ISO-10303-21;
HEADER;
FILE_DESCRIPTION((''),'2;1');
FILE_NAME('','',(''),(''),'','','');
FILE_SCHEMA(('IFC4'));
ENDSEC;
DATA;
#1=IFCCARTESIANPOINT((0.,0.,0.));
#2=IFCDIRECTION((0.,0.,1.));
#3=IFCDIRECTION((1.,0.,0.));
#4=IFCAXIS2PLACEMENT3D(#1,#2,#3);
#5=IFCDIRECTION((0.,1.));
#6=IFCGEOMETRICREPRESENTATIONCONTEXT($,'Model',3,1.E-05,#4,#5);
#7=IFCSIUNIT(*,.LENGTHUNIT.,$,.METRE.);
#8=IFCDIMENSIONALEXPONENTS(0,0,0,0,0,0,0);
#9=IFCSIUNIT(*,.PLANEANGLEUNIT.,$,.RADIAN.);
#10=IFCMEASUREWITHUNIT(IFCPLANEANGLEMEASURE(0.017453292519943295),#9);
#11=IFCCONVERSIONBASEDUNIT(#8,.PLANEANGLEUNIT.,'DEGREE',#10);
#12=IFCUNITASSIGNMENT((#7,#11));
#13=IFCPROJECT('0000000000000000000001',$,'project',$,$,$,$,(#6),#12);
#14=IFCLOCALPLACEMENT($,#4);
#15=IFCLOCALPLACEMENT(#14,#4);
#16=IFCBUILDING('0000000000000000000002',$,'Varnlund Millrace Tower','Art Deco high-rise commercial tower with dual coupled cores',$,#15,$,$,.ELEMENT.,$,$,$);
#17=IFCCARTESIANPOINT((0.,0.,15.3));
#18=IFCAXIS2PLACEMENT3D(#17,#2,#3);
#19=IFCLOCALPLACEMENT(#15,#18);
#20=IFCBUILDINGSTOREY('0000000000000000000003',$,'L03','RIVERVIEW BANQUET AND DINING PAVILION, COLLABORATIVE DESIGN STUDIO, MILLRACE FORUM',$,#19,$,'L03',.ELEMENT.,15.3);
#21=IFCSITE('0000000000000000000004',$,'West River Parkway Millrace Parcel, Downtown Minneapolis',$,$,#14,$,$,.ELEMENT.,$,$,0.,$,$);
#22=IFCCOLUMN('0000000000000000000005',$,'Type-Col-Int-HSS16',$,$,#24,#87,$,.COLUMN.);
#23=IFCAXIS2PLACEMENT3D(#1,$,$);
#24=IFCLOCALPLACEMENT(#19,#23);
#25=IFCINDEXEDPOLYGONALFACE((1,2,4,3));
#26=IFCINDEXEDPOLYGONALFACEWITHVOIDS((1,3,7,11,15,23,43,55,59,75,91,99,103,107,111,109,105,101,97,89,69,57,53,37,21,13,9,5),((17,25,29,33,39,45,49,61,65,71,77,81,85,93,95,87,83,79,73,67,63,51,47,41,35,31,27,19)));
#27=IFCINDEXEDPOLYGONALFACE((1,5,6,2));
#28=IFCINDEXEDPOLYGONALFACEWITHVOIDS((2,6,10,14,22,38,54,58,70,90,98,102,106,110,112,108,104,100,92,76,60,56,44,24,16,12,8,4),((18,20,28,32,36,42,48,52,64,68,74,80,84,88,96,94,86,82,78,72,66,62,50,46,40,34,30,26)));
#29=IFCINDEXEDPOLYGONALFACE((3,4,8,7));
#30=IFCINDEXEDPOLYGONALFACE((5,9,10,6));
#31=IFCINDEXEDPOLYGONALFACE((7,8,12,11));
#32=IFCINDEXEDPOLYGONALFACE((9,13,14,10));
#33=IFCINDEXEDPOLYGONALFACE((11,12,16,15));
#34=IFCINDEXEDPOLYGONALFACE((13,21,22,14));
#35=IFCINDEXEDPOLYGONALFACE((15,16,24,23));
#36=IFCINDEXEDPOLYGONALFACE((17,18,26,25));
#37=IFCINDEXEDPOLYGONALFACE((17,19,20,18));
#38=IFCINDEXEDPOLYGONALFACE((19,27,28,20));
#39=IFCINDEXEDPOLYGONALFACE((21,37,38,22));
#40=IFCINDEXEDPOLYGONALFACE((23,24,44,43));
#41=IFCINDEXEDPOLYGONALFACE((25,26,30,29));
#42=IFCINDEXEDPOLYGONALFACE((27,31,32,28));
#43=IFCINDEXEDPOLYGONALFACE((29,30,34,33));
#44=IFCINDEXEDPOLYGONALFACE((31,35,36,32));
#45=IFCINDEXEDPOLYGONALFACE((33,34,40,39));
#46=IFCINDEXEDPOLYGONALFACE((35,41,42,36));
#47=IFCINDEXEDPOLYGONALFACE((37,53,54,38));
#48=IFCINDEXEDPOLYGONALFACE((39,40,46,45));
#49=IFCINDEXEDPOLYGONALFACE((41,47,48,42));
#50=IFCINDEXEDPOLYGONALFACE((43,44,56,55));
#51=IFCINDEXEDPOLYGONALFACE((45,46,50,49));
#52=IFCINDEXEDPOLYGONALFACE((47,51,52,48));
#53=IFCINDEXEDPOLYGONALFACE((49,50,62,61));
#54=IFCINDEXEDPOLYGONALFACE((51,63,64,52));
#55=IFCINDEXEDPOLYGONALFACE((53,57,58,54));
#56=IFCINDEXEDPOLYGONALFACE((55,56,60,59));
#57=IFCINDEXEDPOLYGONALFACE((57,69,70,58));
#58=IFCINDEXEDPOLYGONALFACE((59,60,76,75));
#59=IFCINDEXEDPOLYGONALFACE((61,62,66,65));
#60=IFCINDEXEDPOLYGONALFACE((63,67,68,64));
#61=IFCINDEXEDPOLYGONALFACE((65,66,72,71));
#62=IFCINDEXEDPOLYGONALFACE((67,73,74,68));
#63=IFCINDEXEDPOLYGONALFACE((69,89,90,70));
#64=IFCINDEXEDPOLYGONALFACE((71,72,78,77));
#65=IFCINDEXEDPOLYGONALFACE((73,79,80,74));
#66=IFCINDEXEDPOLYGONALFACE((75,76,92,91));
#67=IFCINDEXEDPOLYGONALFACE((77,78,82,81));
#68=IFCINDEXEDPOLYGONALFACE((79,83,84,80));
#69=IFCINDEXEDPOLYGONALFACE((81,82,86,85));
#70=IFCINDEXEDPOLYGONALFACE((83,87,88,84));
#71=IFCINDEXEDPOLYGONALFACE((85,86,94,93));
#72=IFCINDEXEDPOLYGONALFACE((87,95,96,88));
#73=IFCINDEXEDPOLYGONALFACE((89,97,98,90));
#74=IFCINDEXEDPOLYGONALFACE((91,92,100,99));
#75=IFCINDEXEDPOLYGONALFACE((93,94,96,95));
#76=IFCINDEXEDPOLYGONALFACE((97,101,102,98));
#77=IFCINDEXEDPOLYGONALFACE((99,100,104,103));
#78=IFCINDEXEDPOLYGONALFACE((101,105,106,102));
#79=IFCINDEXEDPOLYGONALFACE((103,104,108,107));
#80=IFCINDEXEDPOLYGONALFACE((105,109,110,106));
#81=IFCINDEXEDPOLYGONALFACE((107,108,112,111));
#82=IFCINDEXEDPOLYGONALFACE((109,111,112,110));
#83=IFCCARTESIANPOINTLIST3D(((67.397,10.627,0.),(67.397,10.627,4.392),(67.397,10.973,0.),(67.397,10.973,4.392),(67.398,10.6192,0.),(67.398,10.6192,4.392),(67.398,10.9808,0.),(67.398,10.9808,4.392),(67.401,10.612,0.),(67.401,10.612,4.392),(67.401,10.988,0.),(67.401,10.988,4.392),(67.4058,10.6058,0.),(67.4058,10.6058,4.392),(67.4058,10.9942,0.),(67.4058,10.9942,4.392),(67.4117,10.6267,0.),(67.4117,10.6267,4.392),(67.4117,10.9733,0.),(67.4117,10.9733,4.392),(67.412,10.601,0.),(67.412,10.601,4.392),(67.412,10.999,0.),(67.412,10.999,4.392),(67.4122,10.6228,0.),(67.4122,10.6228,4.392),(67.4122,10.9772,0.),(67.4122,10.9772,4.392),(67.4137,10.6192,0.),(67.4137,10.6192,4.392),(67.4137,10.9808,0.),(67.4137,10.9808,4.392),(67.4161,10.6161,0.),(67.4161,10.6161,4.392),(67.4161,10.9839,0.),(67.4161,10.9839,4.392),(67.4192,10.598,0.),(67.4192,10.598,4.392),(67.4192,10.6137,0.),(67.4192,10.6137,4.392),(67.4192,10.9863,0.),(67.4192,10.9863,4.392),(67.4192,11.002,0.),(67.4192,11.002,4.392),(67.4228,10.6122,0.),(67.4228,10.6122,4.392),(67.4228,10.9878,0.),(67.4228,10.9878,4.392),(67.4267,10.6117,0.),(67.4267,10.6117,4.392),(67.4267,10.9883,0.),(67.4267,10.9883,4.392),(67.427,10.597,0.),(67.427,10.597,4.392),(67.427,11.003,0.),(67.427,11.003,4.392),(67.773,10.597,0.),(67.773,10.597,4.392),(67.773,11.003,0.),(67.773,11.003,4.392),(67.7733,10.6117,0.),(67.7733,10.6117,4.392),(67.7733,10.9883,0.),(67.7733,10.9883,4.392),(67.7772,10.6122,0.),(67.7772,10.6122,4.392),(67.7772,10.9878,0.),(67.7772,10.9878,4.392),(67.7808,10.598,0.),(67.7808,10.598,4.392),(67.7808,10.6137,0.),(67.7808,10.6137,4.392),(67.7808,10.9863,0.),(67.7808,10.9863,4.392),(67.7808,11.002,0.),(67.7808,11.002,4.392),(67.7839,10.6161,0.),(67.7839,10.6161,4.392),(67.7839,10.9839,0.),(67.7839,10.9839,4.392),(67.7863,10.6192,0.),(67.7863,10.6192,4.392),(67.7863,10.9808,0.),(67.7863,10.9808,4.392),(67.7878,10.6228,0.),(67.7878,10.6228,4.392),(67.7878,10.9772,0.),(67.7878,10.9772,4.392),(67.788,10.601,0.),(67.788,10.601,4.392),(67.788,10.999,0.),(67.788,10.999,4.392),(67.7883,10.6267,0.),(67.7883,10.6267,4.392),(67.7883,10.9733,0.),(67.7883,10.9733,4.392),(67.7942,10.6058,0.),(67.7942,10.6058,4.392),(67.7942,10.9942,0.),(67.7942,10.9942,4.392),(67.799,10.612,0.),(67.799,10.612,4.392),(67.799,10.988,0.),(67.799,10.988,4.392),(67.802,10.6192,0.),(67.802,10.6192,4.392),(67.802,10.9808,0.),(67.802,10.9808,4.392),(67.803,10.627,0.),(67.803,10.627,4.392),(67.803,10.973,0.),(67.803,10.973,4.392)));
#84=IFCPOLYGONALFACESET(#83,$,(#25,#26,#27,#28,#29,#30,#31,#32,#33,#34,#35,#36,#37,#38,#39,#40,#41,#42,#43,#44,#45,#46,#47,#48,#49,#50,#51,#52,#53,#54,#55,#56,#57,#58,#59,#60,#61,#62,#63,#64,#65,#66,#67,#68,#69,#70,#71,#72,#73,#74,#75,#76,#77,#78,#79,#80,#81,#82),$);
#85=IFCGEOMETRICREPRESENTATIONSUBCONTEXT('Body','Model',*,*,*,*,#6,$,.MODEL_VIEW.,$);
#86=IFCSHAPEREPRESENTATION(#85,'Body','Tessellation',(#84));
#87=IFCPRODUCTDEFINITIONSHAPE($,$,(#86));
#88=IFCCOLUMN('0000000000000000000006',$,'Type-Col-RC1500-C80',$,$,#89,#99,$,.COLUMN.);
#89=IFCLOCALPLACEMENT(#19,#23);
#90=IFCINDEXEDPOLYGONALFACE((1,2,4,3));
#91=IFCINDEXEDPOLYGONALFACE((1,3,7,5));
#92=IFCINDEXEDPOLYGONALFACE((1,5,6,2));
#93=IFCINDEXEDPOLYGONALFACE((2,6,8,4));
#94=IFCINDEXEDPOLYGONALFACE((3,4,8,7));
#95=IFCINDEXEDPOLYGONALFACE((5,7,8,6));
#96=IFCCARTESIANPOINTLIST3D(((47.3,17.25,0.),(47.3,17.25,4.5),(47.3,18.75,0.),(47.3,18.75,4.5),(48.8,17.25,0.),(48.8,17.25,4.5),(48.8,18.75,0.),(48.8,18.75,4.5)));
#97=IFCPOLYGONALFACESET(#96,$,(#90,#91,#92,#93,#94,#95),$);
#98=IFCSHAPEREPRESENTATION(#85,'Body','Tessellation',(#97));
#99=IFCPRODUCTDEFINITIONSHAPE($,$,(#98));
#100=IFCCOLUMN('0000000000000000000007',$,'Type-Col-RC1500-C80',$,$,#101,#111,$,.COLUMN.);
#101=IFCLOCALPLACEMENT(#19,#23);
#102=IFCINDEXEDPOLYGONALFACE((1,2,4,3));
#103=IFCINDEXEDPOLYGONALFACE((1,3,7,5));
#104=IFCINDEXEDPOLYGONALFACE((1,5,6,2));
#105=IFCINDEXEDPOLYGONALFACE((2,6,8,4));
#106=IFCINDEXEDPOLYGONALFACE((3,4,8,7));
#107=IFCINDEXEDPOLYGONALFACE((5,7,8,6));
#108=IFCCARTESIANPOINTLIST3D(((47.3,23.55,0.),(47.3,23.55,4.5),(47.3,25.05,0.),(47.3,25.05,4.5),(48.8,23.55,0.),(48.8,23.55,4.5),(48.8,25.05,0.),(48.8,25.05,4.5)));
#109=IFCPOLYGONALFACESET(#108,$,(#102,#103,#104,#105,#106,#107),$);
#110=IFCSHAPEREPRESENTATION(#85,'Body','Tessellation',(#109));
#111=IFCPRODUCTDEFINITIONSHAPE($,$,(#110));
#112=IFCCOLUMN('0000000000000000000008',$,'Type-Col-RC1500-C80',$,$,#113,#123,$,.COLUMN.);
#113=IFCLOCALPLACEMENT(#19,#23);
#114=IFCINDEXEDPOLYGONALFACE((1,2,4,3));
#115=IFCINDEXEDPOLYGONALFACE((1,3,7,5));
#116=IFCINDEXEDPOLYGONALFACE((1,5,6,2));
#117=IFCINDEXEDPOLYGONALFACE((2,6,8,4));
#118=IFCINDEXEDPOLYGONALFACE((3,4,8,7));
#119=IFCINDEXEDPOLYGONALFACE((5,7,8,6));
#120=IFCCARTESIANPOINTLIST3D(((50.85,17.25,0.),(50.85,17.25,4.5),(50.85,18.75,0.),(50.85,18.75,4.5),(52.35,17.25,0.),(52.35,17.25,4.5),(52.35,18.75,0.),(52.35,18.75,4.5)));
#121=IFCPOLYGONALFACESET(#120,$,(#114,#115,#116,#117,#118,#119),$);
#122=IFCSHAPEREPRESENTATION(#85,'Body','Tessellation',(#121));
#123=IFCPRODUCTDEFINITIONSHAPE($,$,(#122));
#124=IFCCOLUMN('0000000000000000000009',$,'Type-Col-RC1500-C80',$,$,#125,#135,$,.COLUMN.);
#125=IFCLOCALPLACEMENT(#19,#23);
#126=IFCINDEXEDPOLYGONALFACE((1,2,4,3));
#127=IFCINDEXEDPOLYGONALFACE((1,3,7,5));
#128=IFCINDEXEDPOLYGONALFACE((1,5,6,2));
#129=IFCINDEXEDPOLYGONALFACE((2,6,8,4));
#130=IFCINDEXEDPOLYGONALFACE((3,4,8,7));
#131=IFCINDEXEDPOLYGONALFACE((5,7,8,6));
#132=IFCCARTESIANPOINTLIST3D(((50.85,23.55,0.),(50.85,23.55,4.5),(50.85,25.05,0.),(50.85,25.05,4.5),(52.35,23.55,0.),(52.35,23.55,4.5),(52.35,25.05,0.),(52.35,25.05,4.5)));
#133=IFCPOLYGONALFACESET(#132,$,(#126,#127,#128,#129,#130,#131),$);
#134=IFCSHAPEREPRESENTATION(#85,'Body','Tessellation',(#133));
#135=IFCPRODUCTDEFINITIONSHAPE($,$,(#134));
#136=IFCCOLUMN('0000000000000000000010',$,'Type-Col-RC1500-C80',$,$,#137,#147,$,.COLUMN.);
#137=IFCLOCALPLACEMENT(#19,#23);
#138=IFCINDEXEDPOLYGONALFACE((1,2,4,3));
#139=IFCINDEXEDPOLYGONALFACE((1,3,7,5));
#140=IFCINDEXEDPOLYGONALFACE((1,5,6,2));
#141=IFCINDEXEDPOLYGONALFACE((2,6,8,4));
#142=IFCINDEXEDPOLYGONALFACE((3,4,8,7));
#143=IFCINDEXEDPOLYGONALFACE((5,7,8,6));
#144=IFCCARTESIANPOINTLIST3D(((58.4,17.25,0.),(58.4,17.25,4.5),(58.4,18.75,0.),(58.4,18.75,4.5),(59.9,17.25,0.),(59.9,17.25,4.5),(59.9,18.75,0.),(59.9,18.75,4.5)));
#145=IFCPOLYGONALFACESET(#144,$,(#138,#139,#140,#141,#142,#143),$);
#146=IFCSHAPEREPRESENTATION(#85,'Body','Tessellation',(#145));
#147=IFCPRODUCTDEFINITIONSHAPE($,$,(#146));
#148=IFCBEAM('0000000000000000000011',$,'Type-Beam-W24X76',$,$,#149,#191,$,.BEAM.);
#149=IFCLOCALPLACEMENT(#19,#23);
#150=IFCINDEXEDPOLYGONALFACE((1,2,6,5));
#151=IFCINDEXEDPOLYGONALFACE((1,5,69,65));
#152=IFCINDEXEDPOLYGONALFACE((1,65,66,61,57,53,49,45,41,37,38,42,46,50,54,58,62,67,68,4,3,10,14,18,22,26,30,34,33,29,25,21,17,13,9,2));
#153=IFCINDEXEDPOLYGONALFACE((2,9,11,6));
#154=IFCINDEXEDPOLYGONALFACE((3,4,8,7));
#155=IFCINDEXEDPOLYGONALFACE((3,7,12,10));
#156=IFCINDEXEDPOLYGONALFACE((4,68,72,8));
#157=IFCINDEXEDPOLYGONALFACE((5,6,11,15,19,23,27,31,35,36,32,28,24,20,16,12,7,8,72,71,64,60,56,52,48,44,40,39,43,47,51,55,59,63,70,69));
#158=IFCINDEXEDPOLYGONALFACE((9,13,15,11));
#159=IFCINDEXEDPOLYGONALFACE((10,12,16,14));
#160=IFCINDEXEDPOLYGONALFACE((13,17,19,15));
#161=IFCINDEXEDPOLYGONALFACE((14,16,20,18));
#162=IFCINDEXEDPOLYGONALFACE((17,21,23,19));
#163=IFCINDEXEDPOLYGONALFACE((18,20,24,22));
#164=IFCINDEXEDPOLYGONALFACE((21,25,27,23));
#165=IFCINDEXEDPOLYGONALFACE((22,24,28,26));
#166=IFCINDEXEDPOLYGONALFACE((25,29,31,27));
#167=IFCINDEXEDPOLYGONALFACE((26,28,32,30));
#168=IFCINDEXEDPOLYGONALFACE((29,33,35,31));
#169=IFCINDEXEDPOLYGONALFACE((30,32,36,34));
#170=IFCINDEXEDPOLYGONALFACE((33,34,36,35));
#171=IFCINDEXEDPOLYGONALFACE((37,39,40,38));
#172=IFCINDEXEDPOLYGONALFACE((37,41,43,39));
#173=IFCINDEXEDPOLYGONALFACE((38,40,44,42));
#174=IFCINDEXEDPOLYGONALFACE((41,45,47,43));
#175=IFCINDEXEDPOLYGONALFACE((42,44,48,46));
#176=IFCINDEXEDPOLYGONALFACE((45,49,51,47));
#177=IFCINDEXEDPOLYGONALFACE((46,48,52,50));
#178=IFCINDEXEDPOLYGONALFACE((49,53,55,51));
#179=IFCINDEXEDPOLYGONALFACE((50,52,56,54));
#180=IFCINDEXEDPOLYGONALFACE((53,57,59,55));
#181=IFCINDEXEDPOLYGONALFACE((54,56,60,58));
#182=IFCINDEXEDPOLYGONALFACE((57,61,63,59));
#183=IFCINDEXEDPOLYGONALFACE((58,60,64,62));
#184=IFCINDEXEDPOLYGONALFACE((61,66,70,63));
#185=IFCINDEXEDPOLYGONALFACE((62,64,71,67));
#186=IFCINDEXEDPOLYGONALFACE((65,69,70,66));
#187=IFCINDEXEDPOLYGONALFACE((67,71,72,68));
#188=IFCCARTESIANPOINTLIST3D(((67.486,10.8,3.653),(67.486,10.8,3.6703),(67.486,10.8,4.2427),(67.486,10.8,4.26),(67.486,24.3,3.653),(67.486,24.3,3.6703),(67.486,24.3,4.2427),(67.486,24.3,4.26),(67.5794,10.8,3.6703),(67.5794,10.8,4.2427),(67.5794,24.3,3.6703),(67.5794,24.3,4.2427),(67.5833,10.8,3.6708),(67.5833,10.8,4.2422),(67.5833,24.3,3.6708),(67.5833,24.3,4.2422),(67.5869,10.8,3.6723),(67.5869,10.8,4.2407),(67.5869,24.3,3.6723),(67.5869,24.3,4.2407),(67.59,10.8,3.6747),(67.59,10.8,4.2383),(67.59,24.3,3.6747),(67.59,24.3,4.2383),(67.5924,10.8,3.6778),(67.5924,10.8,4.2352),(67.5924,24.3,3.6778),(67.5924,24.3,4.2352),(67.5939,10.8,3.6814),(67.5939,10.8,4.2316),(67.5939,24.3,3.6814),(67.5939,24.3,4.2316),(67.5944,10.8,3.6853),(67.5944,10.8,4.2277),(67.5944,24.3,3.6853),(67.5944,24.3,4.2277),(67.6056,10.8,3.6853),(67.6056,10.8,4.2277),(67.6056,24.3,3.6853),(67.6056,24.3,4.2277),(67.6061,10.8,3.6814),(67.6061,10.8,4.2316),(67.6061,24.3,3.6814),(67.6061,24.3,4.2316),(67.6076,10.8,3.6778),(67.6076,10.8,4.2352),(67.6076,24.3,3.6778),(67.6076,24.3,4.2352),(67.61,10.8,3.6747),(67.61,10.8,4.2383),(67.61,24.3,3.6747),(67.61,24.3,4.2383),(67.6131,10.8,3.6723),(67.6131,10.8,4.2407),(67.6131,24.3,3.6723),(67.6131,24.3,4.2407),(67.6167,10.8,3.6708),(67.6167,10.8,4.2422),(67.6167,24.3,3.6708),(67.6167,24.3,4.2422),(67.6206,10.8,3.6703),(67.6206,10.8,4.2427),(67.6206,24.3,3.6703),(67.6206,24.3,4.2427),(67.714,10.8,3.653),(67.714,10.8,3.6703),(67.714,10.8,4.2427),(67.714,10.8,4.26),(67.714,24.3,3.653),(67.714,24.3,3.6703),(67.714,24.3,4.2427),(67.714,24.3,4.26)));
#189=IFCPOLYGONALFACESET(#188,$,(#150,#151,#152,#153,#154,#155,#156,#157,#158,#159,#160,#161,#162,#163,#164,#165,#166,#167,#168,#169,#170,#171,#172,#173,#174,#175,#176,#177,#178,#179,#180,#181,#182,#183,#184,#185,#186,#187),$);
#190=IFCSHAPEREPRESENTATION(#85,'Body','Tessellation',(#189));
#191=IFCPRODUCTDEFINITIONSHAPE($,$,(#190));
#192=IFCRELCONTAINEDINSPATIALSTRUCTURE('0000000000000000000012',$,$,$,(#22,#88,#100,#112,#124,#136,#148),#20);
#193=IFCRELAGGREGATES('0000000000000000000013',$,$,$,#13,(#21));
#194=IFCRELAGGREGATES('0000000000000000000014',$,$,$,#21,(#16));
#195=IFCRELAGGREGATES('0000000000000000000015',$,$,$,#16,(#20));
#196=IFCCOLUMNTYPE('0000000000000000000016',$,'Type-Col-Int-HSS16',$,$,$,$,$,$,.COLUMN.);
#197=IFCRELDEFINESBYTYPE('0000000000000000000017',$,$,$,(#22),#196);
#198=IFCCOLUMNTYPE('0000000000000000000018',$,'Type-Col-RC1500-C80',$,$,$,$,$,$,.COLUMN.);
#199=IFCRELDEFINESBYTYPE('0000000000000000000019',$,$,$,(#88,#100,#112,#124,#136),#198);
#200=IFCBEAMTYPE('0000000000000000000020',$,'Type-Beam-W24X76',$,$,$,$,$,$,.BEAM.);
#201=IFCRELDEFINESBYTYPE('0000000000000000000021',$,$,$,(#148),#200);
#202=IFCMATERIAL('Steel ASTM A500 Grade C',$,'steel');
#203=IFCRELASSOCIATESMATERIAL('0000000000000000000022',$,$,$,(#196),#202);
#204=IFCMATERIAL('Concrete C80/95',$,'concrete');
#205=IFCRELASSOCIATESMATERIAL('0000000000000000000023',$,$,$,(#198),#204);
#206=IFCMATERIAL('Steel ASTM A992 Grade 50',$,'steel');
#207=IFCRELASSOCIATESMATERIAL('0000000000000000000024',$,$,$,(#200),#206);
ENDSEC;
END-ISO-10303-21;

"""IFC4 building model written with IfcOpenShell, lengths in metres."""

from ifc_helpers import new_model, entity, si_unit, converted_unit, direction, frame, origin_with_axes, origin_2d_with_axis, place, context, subcontext, project, spatial, rectangle, hollow_rectangle, i_section, extrude, material, material_profile, profile_set, type_object, element, save


model = new_model("IFC4")

# Units and contexts
model_context = context("Model", 3, precision=1e-05, world=origin_with_axes(), true_north=direction((0.0, 1.0)))
body_context = subcontext(model_context, "Body", "Model", "MODEL_VIEW")
ifc_project = project(units=[si_unit("LENGTHUNIT", "METRE"), converted_unit("PLANEANGLEUNIT", "DEGREE", entity("IfcPlaneAngleMeasure", 0.017453292519943295), si_unit("PLANEANGLEUNIT", "RADIAN"), dimensions=[0, 0, 0, 0, 0, 0, 0])], contexts=[model_context])

# Site, building, storey
site_placement = place(None, origin_with_axes())
site = spatial("IfcSite", under=ifc_project, at=site_placement, Name="West River Parkway Millrace Parcel, Downtown Minneapolis", CompositionType="ELEMENT", RefElevation=0.0)
building_placement = place(site_placement, origin_with_axes())
building = spatial("IfcBuilding", under=site, at=building_placement, Name="Varnlund Millrace Tower", Description="Art Deco high-rise commercial tower with dual coupled cores", CompositionType="ELEMENT")
storey_placement = place(building_placement, frame((0.0, 0.0, 15.3), z_axis=(0.0, 0.0, 1.0), x_axis=(1.0, 0.0, 0.0)))
storey = spatial("IfcBuildingStorey", under=building, at=storey_placement, Name="L03", Description="RIVERVIEW BANQUET AND DINING PAVILION, COLLABORATIVE DESIGN STUDIO, MILLRACE FORUM", LongName="L03", CompositionType="ELEMENT", Elevation=15.3)

# Columns
ifc_material_1 = material(Name="Steel ASTM A500 Grade C", Category="steel")
ifc_material_profile_1 = material_profile(ifc_material_1, hollow_rectangle(XDim=0.406, YDim=0.406, WallThickness=0.0147, InnerFilletRadius=0.015, OuterFilletRadius=0.03, at=origin_2d_with_axis()), Name="Steel ASTM A500 Grade C")
ifc_profile_set_1 = profile_set([ifc_material_profile_1], Name="Steel ASTM A500 Grade C")
column_type_1 = type_object("IfcColumnType", Name="Type-Col-Int-HSS16", PredefinedType="COLUMN", material=ifc_profile_set_1)
column_placement = place(storey_placement, frame((67.6, 10.8, 0.0), z_axis=(0.0, 0.0, 1.0), x_axis=(1.0, 0.0, 0.0)))
element("IfcColumn", 1, at=column_placement, inside=storey, type_object=column_type_1, Name="Type-Col-Int-HSS16", PredefinedType="COLUMN", context=body_context, shape_type="SweptSolid", body=[
    extrude(hollow_rectangle(XDim=0.406, YDim=0.406, WallThickness=0.0147, InnerFilletRadius=0.015, OuterFilletRadius=0.03, at=origin_2d_with_axis()), origin_with_axes(), (0.0, 0.0, 1.0), 4.392),
])
ifc_material_2 = material(Name="Concrete C80/95", Category="concrete")
ifc_material_profile_2 = material_profile(ifc_material_2, rectangle(XDim=1.5, YDim=1.5, at=origin_2d_with_axis()), Name="Concrete C80/95")
ifc_profile_set_2 = profile_set([ifc_material_profile_2], Name="Concrete C80/95")
column_type_2 = type_object("IfcColumnType", Name="Type-Col-RC1500-C80", PredefinedType="COLUMN", material=ifc_profile_set_2)
for number, where, z_axis, x_axis, name in (
    (2, (48.05, 18.0, 0.0), (0.0, 0.0, 1.0), (1.0, 0.0, 0.0), "Type-Col-RC1500-C80"),
    (3, (48.05, 24.3, 0.0), (0.0, 0.0, 1.0), (1.0, 0.0, 0.0), "Type-Col-RC1500-C80"),
    (4, (51.6, 18.0, 0.0), (0.0, 0.0, 1.0), (1.0, 0.0, 0.0), "Type-Col-RC1500-C80"),
    (5, (51.6, 24.3, 0.0), (0.0, 0.0, 1.0), (1.0, 0.0, 0.0), "Type-Col-RC1500-C80"),
    (6, (59.15, 18.0, 0.0), (0.0, 0.0, 1.0), (1.0, 0.0, 0.0), "Type-Col-RC1500-C80"),
):
    element("IfcColumn", number, at=place(storey_placement, frame(where, z_axis=z_axis, x_axis=x_axis)), inside=storey, type_object=column_type_2, Name=name, PredefinedType="COLUMN", context=body_context, shape_type="SweptSolid", body=[
        extrude(rectangle(XDim=1.5, YDim=1.5, at=origin_2d_with_axis()), origin_with_axes(), (0.0, 0.0, 1.0), 4.5),
    ])

# Beam
ifc_material_3 = material(Name="Steel ASTM A992 Grade 50", Category="steel")
ifc_material_profile_3 = material_profile(ifc_material_3, i_section(OverallWidth=0.228, OverallDepth=0.607, WebThickness=0.0112, FlangeThickness=0.0173, FilletRadius=0.015, at=origin_2d_with_axis()), Name="Steel ASTM A992 Grade 50")
ifc_profile_set_3 = profile_set([ifc_material_profile_3], Name="Steel ASTM A992 Grade 50")
beam_type_1 = type_object("IfcBeamType", Name="Type-Beam-W24X76", PredefinedType="BEAM", material=ifc_profile_set_3)
beam_1_placement = place(storey_placement, frame((67.6, 10.8, 3.9565), z_axis=(0.0, 1.0, 0.0), x_axis=(-1.0, 0.0, 0.0)))
element("IfcBeam", 7, at=beam_1_placement, inside=storey, type_object=beam_type_1, Name="Type-Beam-W24X76", PredefinedType="BEAM", context=body_context, shape_type="SweptSolid", body=[
    extrude(i_section(OverallWidth=0.228, OverallDepth=0.607, WebThickness=0.0112, FlangeThickness=0.0173, FilletRadius=0.015, at=origin_2d_with_axis()), origin_with_axes(), (0.0, 0.0, 1.0), 13.5),
])

save(model, "model.ifc")
